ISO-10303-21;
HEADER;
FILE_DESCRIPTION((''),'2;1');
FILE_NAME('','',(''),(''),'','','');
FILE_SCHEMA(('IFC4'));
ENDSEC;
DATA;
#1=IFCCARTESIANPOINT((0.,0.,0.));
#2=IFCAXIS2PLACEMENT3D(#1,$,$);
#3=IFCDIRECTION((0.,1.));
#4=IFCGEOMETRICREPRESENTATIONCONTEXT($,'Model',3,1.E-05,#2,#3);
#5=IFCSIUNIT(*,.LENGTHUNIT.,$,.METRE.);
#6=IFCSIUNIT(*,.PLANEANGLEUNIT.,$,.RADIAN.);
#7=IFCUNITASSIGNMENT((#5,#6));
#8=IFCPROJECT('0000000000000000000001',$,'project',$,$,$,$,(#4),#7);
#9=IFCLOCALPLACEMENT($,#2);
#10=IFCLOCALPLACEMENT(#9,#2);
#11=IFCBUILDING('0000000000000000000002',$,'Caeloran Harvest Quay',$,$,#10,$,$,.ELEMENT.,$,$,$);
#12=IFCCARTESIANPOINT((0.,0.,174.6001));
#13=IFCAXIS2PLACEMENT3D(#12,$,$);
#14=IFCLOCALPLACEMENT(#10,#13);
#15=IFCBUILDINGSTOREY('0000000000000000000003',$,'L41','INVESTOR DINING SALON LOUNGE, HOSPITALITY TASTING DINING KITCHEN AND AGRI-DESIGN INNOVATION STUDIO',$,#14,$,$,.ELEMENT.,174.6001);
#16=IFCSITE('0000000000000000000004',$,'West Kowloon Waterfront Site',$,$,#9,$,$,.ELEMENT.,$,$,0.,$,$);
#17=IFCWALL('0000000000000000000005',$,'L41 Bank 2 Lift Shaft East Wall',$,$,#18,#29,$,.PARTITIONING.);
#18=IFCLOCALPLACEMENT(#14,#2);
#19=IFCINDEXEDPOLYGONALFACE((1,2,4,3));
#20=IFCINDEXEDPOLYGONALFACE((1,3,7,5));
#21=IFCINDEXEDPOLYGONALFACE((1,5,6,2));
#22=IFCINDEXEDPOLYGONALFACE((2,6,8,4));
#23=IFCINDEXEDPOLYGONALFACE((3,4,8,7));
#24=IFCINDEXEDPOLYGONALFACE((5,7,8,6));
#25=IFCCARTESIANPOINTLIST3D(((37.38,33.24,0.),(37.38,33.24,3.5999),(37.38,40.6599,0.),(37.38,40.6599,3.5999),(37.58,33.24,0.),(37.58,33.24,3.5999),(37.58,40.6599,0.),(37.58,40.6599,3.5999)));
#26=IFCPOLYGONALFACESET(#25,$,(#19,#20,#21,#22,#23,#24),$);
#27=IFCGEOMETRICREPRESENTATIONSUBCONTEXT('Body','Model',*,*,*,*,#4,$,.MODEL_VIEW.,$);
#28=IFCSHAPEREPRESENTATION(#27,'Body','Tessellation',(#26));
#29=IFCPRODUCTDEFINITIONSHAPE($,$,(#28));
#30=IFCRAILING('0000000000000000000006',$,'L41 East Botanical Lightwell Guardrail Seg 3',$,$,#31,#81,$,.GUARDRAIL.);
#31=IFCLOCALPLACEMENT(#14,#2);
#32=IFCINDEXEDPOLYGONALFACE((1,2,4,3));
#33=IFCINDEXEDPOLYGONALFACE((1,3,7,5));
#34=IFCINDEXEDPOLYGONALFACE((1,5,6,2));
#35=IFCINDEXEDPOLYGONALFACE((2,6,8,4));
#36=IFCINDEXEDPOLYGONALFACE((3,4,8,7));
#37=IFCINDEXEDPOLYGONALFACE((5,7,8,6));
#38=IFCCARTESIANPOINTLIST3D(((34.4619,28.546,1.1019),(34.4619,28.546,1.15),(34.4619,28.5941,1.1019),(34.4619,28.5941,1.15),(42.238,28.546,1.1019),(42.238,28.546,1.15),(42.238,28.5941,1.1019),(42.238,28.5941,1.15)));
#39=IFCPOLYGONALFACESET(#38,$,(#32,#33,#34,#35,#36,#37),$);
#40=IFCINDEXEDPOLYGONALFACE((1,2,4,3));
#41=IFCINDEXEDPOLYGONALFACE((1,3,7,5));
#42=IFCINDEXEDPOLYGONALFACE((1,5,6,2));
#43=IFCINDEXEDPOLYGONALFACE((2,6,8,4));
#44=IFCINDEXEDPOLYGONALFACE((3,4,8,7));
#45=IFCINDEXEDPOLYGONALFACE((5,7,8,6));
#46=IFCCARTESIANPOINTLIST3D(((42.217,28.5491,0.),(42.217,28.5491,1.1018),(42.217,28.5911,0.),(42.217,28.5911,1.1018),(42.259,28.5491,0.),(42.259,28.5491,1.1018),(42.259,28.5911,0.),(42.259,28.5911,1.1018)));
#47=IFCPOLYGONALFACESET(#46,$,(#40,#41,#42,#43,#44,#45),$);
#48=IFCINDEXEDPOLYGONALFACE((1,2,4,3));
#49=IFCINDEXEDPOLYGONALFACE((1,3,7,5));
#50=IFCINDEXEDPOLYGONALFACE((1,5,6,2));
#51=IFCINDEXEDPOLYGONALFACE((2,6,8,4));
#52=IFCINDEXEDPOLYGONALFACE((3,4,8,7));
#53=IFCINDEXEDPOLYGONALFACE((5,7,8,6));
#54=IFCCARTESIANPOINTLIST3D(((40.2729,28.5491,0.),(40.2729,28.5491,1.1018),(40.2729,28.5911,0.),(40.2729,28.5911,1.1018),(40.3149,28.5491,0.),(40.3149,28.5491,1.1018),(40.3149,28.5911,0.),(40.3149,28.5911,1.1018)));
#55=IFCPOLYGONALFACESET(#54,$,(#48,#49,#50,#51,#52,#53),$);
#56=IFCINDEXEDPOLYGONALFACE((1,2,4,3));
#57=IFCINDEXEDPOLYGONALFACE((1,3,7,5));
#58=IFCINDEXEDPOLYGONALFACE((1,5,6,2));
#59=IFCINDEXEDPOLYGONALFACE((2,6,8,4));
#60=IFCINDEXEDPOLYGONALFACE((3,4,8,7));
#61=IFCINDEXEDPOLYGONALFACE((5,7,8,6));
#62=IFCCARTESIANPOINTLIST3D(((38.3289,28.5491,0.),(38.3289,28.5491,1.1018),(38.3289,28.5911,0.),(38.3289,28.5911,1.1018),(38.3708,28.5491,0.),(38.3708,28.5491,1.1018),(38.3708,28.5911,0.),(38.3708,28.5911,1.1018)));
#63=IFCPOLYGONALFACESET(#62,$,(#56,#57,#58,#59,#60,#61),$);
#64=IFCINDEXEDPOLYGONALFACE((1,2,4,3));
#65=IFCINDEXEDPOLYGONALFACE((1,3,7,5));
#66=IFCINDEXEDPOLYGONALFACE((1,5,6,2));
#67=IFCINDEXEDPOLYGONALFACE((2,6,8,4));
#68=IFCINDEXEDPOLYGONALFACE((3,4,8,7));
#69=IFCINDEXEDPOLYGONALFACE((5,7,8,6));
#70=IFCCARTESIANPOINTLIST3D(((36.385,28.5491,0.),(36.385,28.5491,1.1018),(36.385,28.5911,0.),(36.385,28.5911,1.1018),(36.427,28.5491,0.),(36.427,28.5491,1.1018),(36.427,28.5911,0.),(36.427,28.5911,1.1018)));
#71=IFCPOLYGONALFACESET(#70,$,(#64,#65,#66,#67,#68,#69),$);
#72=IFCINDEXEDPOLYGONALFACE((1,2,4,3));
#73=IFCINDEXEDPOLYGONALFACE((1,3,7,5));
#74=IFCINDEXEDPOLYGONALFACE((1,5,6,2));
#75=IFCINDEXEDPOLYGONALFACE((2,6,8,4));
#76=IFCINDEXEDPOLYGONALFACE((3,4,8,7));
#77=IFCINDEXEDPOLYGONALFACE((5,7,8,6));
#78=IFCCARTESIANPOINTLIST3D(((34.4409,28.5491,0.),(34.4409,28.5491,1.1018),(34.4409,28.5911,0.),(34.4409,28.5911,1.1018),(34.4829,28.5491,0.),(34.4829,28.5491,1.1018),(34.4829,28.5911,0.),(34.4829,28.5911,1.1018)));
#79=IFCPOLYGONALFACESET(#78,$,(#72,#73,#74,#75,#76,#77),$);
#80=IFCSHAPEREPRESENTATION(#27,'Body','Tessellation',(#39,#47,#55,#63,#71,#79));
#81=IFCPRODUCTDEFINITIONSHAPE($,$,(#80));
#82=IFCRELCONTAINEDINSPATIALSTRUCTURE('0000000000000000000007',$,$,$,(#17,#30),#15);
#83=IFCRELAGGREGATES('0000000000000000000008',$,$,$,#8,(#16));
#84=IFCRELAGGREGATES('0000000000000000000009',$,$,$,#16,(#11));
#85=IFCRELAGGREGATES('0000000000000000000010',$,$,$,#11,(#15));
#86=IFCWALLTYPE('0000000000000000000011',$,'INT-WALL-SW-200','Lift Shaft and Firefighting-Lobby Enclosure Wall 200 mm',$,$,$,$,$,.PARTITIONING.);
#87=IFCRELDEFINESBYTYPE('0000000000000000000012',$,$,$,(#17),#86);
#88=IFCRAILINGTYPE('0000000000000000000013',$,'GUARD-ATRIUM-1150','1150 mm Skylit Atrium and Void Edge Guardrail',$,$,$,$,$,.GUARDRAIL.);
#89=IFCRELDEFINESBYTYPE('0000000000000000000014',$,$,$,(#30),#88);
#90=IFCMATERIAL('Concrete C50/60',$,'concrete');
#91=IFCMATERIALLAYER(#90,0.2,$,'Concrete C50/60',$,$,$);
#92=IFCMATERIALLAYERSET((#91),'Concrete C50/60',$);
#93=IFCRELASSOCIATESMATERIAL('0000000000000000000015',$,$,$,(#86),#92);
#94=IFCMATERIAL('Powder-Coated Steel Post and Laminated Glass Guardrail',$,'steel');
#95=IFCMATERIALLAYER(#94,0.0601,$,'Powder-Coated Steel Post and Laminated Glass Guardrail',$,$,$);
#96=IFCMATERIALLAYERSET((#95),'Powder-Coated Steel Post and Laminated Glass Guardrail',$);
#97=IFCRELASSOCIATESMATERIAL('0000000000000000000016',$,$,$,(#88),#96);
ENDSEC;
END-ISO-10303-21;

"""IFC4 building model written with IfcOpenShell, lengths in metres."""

from ifc_helpers import new_model, si_unit, direction, frame, frame_2d, origin, origin_2d, place, context, subcontext, project, spatial, rectangle, extrude, material, layer, layer_set, type_object, element, save


model = new_model("IFC4")

# Units and contexts
model_context = context("Model", 3, precision=1e-05, world=origin(), true_north=direction((0.0, 1.0)))
body_context = subcontext(model_context, "Body", "Model", "MODEL_VIEW")
ifc_project = project(units=[si_unit("LENGTHUNIT", "METRE"), si_unit("PLANEANGLEUNIT", "RADIAN")], contexts=[model_context])

# Site, building, storey
site_placement = place(None, origin())
site = spatial("IfcSite", under=ifc_project, at=site_placement, Name="West Kowloon Waterfront Site", CompositionType="ELEMENT", RefElevation=0.0)
building_placement = place(site_placement, origin())
building = spatial("IfcBuilding", under=site, at=building_placement, Name="Caeloran Harvest Quay", CompositionType="ELEMENT")
storey_placement = place(building_placement, frame((0.0, 0.0, 174.6001)))
storey = spatial("IfcBuildingStorey", under=building, at=storey_placement, Name="L41", Description="INVESTOR DINING SALON LOUNGE, HOSPITALITY TASTING DINING KITCHEN AND AGRI-DESIGN INNOVATION STUDIO", CompositionType="ELEMENT", Elevation=174.6001)

# Wall
ifc_material_1 = material(Name="Concrete C50/60", Category="concrete")
ifc_layer_1 = layer(ifc_material_1, 0.2, Name="Concrete C50/60")
ifc_layer_set_1 = layer_set([ifc_layer_1], Name="Concrete C50/60")
wall_type_1 = type_object("IfcWallType", Name="INT-WALL-SW-200", Description="Lift Shaft and Firefighting-Lobby Enclosure Wall 200 mm", PredefinedType="PARTITIONING", material=ifc_layer_set_1)
wall_1_placement = place(storey_placement, frame((37.48, 33.24, 0.0), z_axis=(0.0, 0.0, 1.0), x_axis=(0.0, 1.0, 0.0)))
element("IfcWall", 1, at=wall_1_placement, inside=storey, type_object=wall_type_1, Name="L41 Bank 2 Lift Shaft East Wall", PredefinedType="PARTITIONING", context=body_context, shape_type="SweptSolid", body=[
    extrude(rectangle(XDim=7.4199, YDim=0.2, at=frame_2d((3.71, 0.0))), origin(), (0.0, 0.0, 1.0), 3.5999),
])

# Railing
ifc_material_2 = material(Name="Powder-Coated Steel Post and Laminated Glass Guardrail", Category="steel")
ifc_layer_2 = layer(ifc_material_2, 0.0601, Name="Powder-Coated Steel Post and Laminated Glass Guardrail")
ifc_layer_set_2 = layer_set([ifc_layer_2], Name="Powder-Coated Steel Post and Laminated Glass Guardrail")
railing_type = type_object("IfcRailingType", Name="GUARD-ATRIUM-1150", Description="1150 mm Skylit Atrium and Void Edge Guardrail", PredefinedType="GUARDRAIL", material=ifc_layer_set_2)
railing_placement = place(storey_placement, frame((42.238, 28.5701, 0.0)))
element("IfcRailing", 2, at=railing_placement, inside=storey, type_object=railing_type, Name="L41 East Botanical Lightwell Guardrail Seg 3", PredefinedType="GUARDRAIL", context=body_context, shape_type="SweptSolid", body=[
    extrude(rectangle(XDim=0.0481, YDim=0.0481, at=origin_2d()), frame((0.0, 0.0, 1.126), z_axis=(-1.0, 0.0, 0.0), x_axis=(0.0, -1.0, 0.0)), (0.0, 0.0, 1.0), 7.7761),
    extrude(rectangle(XDim=0.042, YDim=0.042, at=origin_2d()), origin(), (0.0, 0.0, 1.0), 1.1018),
    extrude(rectangle(XDim=0.042, YDim=0.042, at=origin_2d()), frame((-1.9441, 0.0, 0.0)), (0.0, 0.0, 1.0), 1.1018),
    extrude(rectangle(XDim=0.042, YDim=0.042, at=origin_2d()), frame((-3.8882, 0.0, 0.0)), (0.0, 0.0, 1.0), 1.1018),
    extrude(rectangle(XDim=0.042, YDim=0.042, at=origin_2d()), frame((-5.832, 0.0, 0.0)), (0.0, 0.0, 1.0), 1.1018),
    extrude(rectangle(XDim=0.042, YDim=0.042, at=origin_2d()), frame((-7.7761, 0.0, 0.0)), (0.0, 0.0, 1.0), 1.1018),
])

save(model, "model.ifc")
